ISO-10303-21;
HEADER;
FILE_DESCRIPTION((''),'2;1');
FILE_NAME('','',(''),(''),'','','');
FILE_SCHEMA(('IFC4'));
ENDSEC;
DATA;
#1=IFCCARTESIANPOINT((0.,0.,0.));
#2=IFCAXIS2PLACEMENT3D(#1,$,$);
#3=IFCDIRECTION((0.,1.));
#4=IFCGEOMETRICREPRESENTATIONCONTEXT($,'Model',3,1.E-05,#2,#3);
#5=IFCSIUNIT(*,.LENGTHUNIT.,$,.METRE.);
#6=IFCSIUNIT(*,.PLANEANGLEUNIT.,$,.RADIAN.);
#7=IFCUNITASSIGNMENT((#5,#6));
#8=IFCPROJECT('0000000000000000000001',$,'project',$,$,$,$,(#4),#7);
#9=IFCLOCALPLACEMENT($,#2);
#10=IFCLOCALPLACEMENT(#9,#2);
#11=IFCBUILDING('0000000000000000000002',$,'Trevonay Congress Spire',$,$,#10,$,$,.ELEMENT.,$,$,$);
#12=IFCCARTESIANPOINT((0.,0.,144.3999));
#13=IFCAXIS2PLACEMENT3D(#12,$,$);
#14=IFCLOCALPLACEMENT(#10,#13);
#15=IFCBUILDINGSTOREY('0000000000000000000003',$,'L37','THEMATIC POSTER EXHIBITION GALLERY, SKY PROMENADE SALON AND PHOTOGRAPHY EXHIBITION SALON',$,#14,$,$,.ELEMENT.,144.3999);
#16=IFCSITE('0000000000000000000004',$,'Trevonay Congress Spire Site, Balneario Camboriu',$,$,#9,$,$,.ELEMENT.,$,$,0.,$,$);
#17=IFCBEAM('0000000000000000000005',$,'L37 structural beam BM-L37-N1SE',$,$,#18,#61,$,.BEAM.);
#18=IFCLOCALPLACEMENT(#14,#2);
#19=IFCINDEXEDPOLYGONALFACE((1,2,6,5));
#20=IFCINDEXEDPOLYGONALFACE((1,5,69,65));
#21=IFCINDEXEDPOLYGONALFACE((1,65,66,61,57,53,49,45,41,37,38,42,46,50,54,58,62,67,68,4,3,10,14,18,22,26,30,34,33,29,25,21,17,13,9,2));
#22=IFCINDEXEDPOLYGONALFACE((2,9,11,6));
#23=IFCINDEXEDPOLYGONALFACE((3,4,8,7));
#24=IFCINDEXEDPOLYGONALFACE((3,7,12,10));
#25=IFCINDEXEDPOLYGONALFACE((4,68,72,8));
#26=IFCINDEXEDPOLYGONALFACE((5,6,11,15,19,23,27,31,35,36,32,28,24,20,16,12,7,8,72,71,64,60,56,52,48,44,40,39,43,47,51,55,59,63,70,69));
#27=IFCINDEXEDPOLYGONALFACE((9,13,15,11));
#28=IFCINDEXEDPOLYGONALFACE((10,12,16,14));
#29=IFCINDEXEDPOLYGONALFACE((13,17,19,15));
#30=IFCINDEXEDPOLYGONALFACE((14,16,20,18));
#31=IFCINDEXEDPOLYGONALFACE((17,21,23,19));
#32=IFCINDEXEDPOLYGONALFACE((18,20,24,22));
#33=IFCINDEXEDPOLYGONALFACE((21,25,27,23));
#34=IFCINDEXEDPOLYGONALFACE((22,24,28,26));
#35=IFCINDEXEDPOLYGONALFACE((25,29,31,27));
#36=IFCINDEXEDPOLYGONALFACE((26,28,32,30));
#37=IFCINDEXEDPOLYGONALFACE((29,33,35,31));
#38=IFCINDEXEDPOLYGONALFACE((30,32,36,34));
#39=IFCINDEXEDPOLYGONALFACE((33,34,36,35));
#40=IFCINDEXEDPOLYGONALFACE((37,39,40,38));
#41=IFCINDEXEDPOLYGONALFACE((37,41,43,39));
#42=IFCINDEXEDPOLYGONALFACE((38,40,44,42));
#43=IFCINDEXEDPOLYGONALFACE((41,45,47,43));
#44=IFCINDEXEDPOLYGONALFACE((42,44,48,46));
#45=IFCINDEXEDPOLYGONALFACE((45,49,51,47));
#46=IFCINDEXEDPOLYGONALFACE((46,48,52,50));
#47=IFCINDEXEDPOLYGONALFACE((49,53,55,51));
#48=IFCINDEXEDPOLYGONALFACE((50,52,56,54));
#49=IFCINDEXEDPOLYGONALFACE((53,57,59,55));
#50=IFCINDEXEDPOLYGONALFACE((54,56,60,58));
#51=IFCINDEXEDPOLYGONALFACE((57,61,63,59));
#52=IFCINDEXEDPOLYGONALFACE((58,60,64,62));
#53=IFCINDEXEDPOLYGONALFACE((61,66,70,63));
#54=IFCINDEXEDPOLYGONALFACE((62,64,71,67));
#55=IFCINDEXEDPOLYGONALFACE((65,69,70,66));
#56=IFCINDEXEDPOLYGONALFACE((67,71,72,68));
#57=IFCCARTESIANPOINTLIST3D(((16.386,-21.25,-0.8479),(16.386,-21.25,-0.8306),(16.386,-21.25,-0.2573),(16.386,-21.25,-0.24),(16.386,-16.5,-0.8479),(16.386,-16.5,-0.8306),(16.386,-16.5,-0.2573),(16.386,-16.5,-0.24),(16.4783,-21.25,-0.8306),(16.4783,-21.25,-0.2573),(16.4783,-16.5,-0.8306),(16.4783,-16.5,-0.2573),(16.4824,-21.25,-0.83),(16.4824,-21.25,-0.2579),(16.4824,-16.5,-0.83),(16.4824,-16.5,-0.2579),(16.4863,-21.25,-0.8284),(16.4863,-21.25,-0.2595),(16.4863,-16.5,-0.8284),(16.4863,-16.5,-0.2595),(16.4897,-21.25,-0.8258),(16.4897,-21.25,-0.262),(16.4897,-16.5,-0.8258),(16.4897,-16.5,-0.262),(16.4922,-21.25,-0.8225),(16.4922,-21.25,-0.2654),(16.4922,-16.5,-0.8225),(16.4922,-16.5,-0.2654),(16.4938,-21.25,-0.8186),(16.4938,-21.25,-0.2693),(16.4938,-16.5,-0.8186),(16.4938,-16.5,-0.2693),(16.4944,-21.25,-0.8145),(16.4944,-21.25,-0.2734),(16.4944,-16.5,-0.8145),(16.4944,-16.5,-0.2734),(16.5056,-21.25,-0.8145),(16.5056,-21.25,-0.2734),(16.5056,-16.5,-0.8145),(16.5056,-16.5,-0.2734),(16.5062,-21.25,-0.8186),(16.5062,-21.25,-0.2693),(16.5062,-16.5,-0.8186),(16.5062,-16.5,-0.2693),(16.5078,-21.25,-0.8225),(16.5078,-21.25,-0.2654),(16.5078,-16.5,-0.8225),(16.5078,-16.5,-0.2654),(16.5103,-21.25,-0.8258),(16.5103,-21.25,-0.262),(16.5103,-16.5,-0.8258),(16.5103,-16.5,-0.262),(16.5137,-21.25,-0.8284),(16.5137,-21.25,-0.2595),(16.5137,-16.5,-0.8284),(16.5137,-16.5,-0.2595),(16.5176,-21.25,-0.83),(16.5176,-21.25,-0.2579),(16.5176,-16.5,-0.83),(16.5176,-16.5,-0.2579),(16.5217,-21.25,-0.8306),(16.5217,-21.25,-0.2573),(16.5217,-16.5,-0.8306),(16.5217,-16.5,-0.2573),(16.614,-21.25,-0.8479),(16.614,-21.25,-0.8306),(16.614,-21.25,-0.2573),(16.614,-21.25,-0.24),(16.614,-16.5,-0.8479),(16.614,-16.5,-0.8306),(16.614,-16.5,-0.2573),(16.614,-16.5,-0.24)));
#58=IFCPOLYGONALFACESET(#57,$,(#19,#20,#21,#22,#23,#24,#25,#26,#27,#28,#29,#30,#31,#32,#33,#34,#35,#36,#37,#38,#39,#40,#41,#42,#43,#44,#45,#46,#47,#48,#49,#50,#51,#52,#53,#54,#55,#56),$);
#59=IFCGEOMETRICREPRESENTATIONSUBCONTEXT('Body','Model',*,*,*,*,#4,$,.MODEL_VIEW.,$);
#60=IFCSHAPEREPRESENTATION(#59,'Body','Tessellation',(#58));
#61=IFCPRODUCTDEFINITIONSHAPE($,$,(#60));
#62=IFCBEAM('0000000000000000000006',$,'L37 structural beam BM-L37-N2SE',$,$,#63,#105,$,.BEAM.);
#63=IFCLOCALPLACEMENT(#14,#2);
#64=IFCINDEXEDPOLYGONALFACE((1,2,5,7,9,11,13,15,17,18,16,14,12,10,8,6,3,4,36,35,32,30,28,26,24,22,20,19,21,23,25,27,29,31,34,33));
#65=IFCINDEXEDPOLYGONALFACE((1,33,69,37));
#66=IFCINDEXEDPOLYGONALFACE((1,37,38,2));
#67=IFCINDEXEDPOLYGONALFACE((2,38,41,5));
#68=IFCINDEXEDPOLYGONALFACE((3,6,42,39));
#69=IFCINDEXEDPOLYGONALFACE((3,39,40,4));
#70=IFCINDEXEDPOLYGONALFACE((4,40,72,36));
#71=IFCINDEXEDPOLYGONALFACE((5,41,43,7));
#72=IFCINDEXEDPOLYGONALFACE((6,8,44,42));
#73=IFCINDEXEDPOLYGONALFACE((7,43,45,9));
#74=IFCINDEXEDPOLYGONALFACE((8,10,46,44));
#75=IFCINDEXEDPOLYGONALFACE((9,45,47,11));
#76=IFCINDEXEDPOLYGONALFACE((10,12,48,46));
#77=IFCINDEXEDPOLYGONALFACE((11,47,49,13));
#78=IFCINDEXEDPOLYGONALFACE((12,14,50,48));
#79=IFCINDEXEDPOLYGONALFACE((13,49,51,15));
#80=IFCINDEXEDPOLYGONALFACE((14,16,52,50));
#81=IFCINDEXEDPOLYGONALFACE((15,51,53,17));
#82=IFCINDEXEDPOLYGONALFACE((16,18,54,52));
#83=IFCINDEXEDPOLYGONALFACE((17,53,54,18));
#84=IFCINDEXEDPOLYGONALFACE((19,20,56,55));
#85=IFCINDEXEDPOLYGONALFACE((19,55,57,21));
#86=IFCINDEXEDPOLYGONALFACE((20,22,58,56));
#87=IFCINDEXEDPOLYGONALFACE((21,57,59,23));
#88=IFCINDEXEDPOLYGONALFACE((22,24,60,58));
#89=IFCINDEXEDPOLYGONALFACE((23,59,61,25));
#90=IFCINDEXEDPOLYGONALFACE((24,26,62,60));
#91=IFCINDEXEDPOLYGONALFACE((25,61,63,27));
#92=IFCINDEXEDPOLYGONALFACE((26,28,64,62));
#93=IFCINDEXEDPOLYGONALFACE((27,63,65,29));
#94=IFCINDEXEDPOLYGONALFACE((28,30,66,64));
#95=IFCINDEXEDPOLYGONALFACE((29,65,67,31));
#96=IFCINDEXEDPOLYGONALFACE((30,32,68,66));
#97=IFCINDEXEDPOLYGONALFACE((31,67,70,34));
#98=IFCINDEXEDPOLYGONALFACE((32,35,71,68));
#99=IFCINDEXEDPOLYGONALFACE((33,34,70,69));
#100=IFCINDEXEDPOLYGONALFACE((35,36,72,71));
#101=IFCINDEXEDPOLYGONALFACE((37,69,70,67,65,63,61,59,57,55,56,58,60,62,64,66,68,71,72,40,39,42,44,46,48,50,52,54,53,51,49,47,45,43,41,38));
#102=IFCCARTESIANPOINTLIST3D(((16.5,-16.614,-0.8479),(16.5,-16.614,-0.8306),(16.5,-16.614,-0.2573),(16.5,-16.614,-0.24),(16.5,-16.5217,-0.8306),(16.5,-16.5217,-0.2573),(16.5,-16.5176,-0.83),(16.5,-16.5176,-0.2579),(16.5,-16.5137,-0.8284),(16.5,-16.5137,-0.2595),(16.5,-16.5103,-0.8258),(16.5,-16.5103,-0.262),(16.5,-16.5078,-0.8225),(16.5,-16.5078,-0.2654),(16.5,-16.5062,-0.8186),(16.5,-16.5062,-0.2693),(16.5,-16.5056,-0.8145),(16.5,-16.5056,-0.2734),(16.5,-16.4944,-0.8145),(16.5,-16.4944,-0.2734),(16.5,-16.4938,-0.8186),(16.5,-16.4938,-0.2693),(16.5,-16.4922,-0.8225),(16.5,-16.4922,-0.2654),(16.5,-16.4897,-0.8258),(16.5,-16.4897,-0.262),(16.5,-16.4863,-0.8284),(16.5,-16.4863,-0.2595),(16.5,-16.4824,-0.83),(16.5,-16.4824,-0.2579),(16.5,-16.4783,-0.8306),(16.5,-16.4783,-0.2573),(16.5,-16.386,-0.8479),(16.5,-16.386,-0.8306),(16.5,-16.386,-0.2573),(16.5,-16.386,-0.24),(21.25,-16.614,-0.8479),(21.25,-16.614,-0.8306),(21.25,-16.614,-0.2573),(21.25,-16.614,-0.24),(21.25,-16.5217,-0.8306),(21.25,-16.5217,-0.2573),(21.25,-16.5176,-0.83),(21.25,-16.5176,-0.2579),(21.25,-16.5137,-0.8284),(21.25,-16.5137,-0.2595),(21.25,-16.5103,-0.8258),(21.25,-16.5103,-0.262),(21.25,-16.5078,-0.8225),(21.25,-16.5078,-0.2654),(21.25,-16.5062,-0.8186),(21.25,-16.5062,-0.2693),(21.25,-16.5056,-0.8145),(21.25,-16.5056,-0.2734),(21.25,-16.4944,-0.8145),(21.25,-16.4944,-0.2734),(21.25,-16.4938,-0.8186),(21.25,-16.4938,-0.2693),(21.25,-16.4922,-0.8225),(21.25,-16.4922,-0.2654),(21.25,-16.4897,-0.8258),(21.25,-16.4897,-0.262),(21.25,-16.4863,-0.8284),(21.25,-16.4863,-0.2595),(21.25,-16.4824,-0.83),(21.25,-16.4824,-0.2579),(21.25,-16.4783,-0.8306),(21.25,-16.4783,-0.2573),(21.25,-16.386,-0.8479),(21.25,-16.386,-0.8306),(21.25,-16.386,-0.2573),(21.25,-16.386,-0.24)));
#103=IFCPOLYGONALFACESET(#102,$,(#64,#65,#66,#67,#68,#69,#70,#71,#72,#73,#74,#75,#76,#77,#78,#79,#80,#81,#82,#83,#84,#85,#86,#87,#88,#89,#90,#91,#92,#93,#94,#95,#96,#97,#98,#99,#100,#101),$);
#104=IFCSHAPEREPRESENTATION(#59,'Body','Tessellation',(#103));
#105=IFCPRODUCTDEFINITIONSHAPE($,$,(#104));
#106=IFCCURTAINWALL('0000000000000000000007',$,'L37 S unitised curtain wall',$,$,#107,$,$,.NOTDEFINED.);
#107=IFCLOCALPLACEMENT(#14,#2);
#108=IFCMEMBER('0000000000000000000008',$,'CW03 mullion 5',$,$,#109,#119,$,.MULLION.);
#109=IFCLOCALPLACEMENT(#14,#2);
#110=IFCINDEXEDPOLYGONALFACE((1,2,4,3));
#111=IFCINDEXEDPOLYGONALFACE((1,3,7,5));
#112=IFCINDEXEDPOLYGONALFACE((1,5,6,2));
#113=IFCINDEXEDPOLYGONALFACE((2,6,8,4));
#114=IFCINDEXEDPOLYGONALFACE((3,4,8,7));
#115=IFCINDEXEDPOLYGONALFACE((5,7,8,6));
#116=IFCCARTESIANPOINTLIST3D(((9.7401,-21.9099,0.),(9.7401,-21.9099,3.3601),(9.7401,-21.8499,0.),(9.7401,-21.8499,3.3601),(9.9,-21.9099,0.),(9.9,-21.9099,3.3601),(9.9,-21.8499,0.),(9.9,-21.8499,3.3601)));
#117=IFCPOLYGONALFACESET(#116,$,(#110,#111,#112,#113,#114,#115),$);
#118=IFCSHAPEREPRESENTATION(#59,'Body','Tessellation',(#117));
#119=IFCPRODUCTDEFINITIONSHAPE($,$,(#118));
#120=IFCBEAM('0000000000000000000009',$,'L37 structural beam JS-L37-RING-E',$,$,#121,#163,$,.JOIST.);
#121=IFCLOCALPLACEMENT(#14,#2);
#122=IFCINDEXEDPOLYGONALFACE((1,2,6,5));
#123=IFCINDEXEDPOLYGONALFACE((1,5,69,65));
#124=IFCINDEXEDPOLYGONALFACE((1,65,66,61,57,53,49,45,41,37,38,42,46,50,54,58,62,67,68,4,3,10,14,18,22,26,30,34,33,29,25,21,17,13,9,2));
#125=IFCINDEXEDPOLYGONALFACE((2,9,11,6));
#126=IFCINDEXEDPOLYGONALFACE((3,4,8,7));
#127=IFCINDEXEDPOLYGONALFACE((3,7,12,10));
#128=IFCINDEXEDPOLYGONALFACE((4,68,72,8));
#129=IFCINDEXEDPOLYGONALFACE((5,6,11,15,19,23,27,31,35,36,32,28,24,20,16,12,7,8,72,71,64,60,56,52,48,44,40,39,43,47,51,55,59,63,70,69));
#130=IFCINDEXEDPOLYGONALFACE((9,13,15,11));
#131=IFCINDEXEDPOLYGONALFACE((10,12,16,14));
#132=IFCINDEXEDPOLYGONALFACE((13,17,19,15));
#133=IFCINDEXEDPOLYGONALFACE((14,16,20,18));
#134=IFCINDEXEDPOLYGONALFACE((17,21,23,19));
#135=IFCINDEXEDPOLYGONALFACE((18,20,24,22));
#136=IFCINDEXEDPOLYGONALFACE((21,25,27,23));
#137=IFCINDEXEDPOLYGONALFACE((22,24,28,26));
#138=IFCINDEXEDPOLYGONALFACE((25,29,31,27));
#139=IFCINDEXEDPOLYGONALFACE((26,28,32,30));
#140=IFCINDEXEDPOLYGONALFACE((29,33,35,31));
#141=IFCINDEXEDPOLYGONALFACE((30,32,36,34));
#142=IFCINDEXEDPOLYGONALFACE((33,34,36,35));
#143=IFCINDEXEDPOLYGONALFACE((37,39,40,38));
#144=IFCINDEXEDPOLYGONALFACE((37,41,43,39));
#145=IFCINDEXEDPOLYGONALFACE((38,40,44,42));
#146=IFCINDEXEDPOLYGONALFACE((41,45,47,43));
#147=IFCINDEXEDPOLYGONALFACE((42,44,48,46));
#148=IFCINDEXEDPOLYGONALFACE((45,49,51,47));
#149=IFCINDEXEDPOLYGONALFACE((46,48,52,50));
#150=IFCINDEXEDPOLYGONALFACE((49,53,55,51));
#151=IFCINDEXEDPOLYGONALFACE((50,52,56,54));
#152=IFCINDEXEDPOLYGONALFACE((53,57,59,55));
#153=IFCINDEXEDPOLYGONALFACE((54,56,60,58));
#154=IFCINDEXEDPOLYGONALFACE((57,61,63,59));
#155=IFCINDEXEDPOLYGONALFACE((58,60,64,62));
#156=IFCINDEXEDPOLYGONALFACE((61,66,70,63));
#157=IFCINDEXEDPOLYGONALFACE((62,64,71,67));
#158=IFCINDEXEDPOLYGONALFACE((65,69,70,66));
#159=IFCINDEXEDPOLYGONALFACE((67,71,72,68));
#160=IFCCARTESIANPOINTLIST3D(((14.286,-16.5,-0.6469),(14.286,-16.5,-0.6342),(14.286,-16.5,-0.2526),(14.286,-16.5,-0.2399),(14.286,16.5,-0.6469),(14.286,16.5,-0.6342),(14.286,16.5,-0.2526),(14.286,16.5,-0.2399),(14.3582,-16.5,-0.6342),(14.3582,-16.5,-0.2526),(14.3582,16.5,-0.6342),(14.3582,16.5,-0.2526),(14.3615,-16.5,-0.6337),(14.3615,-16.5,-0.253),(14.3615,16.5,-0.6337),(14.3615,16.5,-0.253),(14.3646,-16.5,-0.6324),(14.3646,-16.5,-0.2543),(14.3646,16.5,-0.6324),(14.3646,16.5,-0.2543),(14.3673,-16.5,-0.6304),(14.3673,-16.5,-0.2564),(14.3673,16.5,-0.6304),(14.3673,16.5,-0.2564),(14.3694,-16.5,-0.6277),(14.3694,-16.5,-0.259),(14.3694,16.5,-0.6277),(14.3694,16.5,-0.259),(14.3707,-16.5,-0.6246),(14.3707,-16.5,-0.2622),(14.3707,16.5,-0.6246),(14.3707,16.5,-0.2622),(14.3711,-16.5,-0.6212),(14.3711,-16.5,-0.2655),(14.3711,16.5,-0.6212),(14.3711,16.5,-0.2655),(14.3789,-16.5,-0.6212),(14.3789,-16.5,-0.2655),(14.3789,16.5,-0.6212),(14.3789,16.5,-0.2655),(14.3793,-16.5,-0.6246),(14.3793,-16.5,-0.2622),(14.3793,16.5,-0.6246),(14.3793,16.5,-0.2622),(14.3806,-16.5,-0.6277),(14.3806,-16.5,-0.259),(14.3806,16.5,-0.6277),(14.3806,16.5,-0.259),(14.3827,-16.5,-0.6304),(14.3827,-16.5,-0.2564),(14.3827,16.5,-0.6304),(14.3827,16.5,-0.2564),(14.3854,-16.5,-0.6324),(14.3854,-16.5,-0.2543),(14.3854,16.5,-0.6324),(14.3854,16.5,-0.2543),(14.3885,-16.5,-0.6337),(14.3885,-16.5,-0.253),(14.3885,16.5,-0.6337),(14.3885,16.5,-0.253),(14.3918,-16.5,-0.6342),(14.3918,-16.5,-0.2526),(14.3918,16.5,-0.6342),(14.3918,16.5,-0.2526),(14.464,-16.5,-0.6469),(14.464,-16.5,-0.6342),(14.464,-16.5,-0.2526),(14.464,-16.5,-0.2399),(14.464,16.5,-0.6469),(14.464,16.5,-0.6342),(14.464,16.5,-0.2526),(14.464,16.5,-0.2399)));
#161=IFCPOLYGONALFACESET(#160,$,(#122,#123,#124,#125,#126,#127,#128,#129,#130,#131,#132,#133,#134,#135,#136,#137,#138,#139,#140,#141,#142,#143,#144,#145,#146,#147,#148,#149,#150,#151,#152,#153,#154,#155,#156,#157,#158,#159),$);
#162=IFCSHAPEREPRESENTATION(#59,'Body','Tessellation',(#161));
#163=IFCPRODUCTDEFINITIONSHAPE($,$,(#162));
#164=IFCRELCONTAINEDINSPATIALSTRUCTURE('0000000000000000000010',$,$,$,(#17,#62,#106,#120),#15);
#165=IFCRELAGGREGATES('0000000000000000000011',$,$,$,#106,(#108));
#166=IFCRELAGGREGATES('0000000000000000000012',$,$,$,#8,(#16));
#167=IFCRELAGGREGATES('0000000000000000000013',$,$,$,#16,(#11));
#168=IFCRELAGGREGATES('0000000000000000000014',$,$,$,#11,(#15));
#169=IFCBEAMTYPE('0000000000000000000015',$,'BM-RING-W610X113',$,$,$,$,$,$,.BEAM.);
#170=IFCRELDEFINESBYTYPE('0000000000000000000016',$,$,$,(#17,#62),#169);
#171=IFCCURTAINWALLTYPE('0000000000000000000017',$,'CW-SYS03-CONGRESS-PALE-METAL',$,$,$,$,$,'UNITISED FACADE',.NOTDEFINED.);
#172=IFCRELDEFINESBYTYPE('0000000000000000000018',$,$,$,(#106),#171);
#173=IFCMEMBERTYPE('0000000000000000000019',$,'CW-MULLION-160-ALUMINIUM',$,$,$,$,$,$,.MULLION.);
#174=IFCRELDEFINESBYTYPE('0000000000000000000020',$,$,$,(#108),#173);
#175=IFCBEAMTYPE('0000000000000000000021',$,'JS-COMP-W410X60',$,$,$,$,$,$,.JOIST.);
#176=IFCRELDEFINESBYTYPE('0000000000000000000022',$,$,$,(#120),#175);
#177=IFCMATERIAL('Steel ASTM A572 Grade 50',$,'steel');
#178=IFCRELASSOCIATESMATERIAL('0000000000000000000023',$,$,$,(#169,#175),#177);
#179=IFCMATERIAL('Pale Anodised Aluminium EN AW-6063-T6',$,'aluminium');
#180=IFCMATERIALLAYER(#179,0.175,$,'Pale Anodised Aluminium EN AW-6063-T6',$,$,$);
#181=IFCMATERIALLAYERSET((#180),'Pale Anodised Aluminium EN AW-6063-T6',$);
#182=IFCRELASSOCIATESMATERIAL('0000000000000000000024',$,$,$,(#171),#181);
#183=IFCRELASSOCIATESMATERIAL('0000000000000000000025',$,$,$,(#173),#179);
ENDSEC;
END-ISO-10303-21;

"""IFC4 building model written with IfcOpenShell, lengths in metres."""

from ifc_helpers import new_model, si_unit, direction, frame, origin, origin_2d, place, context, subcontext, project, spatial, rectangle, i_section, extrude, material, layer, layer_set, material_profile, profile_set, type_object, element, aggregate, save


model = new_model("IFC4")

# Units and contexts
model_context = context("Model", 3, precision=1e-05, world=origin(), true_north=direction((0.0, 1.0)))
body_context = subcontext(model_context, "Body", "Model", "MODEL_VIEW")
ifc_project = project(units=[si_unit("LENGTHUNIT", "METRE"), si_unit("PLANEANGLEUNIT", "RADIAN")], contexts=[model_context])

# Site, building, storey
site_placement = place(None, origin())
site = spatial("IfcSite", under=ifc_project, at=site_placement, Name="Trevonay Congress Spire Site, Balneario Camboriu", CompositionType="ELEMENT", RefElevation=0.0)
building_placement = place(site_placement, origin())
building = spatial("IfcBuilding", under=site, at=building_placement, Name="Trevonay Congress Spire", CompositionType="ELEMENT")
storey_placement = place(building_placement, frame((0.0, 0.0, 144.3999)))
storey = spatial("IfcBuildingStorey", under=building, at=storey_placement, Name="L37", Description="THEMATIC POSTER EXHIBITION GALLERY, SKY PROMENADE SALON AND PHOTOGRAPHY EXHIBITION SALON", CompositionType="ELEMENT", Elevation=144.3999)

# Shared definitions
ifc_material_1 = material(Name="Steel ASTM A572 Grade 50", Category="steel")

# Beams
ifc_material_profile_1 = material_profile(ifc_material_1, i_section(OverallWidth=0.228, OverallDepth=0.6079, WebThickness=0.0112, FlangeThickness=0.0173, FilletRadius=0.0161, at=origin_2d()), Name="W610x113")
ifc_profile_set_1 = profile_set([ifc_material_profile_1], Name="Steel ASTM A572 Grade 50")
beam_type_1 = type_object("IfcBeamType", Name="BM-RING-W610X113", PredefinedType="BEAM", material=ifc_profile_set_1)
for number, where, z_axis, x_axis, name in (
    (1, (16.5, -21.25, -0.5439), (0.0, 1.0, 0.0), (-1.0, 0.0, 0.0), "L37 structural beam BM-L37-N1SE"),
    (2, (21.25, -16.5, -0.5439), (-1.0, 0.0, 0.0), (0.0, -1.0, 0.0), "L37 structural beam BM-L37-N2SE"),
):
    element("IfcBeam", number, at=place(storey_placement, frame(where, z_axis=z_axis, x_axis=x_axis)), inside=storey, type_object=beam_type_1, Name=name, PredefinedType="BEAM", context=body_context, shape_type="SweptSolid", body=[
        extrude(i_section(OverallWidth=0.228, OverallDepth=0.6079, WebThickness=0.0112, FlangeThickness=0.0173, FilletRadius=0.0161, at=origin_2d()), origin(), (0.0, 0.0, 1.0), 4.75),
    ])

# Curtain wall, member
ifc_material_2 = material(Name="Pale Anodised Aluminium EN AW-6063-T6", Category="aluminium")
ifc_layer_1 = layer(ifc_material_2, 0.175, Name="Pale Anodised Aluminium EN AW-6063-T6")
ifc_layer_set_1 = layer_set([ifc_layer_1], Name="Pale Anodised Aluminium EN AW-6063-T6")
curtain_wall_type = type_object("IfcCurtainWallType", Name="CW-SYS03-CONGRESS-PALE-METAL", ElementType="UNITISED FACADE", PredefinedType="NOTDEFINED", material=ifc_layer_set_1)
curtain_wall_placement = place(storey_placement, origin())
curtain_wall = element("IfcCurtainWall", 3, at=curtain_wall_placement, inside=storey, type_object=curtain_wall_type, Name="L37 S unitised curtain wall", PredefinedType="NOTDEFINED")
ifc_material_profile_2 = material_profile(ifc_material_2, rectangle(XDim=0.0601, YDim=0.1599, at=origin_2d()), Name="CW-MULLION-160-ALUMINIUM")
ifc_profile_set_2 = profile_set([ifc_material_profile_2], Name="Pale Anodised Aluminium EN AW-6063-T6")
member_type_1 = type_object("IfcMemberType", Name="CW-MULLION-160-ALUMINIUM", PredefinedType="MULLION", material=ifc_profile_set_2)
member_placement = place(storey_placement, frame((9.8201, -21.8799, 0.0), z_axis=(0.0, 0.0, 1.0), x_axis=(0.0, 1.0, 0.0)))
member = element("IfcMember", 4, at=member_placement, type_object=member_type_1, Name="CW03 mullion 5", PredefinedType="MULLION", context=body_context, shape_type="SweptSolid", body=[
    extrude(rectangle(XDim=0.0601, YDim=0.1599, at=origin_2d()), origin(), (0.0, 0.0, 1.0), 3.3601),
])
aggregate(curtain_wall, [member])

# Beam
ifc_material_profile_3 = material_profile(ifc_material_1, i_section(OverallWidth=0.178, OverallDepth=0.407, WebThickness=0.0078, FlangeThickness=0.0127, FilletRadius=0.0129, at=origin_2d()), Name="W410x60")
ifc_profile_set_3 = profile_set([ifc_material_profile_3], Name="Steel ASTM A572 Grade 50")
beam_type_2 = type_object("IfcBeamType", Name="JS-COMP-W410X60", PredefinedType="JOIST", material=ifc_profile_set_3)
beam_placement = place(storey_placement, frame((14.375, -16.5, -0.4434), z_axis=(0.0, 1.0, 0.0), x_axis=(-1.0, 0.0, 0.0)))
element("IfcBeam", 5, at=beam_placement, inside=storey, type_object=beam_type_2, Name="L37 structural beam JS-L37-RING-E", PredefinedType="JOIST", context=body_context, shape_type="SweptSolid", body=[
    extrude(i_section(OverallWidth=0.178, OverallDepth=0.407, WebThickness=0.0078, FlangeThickness=0.0127, FilletRadius=0.0129, at=origin_2d()), origin(), (0.0, 0.0, 1.0), 33.0),
])

save(model, "model.ifc")
